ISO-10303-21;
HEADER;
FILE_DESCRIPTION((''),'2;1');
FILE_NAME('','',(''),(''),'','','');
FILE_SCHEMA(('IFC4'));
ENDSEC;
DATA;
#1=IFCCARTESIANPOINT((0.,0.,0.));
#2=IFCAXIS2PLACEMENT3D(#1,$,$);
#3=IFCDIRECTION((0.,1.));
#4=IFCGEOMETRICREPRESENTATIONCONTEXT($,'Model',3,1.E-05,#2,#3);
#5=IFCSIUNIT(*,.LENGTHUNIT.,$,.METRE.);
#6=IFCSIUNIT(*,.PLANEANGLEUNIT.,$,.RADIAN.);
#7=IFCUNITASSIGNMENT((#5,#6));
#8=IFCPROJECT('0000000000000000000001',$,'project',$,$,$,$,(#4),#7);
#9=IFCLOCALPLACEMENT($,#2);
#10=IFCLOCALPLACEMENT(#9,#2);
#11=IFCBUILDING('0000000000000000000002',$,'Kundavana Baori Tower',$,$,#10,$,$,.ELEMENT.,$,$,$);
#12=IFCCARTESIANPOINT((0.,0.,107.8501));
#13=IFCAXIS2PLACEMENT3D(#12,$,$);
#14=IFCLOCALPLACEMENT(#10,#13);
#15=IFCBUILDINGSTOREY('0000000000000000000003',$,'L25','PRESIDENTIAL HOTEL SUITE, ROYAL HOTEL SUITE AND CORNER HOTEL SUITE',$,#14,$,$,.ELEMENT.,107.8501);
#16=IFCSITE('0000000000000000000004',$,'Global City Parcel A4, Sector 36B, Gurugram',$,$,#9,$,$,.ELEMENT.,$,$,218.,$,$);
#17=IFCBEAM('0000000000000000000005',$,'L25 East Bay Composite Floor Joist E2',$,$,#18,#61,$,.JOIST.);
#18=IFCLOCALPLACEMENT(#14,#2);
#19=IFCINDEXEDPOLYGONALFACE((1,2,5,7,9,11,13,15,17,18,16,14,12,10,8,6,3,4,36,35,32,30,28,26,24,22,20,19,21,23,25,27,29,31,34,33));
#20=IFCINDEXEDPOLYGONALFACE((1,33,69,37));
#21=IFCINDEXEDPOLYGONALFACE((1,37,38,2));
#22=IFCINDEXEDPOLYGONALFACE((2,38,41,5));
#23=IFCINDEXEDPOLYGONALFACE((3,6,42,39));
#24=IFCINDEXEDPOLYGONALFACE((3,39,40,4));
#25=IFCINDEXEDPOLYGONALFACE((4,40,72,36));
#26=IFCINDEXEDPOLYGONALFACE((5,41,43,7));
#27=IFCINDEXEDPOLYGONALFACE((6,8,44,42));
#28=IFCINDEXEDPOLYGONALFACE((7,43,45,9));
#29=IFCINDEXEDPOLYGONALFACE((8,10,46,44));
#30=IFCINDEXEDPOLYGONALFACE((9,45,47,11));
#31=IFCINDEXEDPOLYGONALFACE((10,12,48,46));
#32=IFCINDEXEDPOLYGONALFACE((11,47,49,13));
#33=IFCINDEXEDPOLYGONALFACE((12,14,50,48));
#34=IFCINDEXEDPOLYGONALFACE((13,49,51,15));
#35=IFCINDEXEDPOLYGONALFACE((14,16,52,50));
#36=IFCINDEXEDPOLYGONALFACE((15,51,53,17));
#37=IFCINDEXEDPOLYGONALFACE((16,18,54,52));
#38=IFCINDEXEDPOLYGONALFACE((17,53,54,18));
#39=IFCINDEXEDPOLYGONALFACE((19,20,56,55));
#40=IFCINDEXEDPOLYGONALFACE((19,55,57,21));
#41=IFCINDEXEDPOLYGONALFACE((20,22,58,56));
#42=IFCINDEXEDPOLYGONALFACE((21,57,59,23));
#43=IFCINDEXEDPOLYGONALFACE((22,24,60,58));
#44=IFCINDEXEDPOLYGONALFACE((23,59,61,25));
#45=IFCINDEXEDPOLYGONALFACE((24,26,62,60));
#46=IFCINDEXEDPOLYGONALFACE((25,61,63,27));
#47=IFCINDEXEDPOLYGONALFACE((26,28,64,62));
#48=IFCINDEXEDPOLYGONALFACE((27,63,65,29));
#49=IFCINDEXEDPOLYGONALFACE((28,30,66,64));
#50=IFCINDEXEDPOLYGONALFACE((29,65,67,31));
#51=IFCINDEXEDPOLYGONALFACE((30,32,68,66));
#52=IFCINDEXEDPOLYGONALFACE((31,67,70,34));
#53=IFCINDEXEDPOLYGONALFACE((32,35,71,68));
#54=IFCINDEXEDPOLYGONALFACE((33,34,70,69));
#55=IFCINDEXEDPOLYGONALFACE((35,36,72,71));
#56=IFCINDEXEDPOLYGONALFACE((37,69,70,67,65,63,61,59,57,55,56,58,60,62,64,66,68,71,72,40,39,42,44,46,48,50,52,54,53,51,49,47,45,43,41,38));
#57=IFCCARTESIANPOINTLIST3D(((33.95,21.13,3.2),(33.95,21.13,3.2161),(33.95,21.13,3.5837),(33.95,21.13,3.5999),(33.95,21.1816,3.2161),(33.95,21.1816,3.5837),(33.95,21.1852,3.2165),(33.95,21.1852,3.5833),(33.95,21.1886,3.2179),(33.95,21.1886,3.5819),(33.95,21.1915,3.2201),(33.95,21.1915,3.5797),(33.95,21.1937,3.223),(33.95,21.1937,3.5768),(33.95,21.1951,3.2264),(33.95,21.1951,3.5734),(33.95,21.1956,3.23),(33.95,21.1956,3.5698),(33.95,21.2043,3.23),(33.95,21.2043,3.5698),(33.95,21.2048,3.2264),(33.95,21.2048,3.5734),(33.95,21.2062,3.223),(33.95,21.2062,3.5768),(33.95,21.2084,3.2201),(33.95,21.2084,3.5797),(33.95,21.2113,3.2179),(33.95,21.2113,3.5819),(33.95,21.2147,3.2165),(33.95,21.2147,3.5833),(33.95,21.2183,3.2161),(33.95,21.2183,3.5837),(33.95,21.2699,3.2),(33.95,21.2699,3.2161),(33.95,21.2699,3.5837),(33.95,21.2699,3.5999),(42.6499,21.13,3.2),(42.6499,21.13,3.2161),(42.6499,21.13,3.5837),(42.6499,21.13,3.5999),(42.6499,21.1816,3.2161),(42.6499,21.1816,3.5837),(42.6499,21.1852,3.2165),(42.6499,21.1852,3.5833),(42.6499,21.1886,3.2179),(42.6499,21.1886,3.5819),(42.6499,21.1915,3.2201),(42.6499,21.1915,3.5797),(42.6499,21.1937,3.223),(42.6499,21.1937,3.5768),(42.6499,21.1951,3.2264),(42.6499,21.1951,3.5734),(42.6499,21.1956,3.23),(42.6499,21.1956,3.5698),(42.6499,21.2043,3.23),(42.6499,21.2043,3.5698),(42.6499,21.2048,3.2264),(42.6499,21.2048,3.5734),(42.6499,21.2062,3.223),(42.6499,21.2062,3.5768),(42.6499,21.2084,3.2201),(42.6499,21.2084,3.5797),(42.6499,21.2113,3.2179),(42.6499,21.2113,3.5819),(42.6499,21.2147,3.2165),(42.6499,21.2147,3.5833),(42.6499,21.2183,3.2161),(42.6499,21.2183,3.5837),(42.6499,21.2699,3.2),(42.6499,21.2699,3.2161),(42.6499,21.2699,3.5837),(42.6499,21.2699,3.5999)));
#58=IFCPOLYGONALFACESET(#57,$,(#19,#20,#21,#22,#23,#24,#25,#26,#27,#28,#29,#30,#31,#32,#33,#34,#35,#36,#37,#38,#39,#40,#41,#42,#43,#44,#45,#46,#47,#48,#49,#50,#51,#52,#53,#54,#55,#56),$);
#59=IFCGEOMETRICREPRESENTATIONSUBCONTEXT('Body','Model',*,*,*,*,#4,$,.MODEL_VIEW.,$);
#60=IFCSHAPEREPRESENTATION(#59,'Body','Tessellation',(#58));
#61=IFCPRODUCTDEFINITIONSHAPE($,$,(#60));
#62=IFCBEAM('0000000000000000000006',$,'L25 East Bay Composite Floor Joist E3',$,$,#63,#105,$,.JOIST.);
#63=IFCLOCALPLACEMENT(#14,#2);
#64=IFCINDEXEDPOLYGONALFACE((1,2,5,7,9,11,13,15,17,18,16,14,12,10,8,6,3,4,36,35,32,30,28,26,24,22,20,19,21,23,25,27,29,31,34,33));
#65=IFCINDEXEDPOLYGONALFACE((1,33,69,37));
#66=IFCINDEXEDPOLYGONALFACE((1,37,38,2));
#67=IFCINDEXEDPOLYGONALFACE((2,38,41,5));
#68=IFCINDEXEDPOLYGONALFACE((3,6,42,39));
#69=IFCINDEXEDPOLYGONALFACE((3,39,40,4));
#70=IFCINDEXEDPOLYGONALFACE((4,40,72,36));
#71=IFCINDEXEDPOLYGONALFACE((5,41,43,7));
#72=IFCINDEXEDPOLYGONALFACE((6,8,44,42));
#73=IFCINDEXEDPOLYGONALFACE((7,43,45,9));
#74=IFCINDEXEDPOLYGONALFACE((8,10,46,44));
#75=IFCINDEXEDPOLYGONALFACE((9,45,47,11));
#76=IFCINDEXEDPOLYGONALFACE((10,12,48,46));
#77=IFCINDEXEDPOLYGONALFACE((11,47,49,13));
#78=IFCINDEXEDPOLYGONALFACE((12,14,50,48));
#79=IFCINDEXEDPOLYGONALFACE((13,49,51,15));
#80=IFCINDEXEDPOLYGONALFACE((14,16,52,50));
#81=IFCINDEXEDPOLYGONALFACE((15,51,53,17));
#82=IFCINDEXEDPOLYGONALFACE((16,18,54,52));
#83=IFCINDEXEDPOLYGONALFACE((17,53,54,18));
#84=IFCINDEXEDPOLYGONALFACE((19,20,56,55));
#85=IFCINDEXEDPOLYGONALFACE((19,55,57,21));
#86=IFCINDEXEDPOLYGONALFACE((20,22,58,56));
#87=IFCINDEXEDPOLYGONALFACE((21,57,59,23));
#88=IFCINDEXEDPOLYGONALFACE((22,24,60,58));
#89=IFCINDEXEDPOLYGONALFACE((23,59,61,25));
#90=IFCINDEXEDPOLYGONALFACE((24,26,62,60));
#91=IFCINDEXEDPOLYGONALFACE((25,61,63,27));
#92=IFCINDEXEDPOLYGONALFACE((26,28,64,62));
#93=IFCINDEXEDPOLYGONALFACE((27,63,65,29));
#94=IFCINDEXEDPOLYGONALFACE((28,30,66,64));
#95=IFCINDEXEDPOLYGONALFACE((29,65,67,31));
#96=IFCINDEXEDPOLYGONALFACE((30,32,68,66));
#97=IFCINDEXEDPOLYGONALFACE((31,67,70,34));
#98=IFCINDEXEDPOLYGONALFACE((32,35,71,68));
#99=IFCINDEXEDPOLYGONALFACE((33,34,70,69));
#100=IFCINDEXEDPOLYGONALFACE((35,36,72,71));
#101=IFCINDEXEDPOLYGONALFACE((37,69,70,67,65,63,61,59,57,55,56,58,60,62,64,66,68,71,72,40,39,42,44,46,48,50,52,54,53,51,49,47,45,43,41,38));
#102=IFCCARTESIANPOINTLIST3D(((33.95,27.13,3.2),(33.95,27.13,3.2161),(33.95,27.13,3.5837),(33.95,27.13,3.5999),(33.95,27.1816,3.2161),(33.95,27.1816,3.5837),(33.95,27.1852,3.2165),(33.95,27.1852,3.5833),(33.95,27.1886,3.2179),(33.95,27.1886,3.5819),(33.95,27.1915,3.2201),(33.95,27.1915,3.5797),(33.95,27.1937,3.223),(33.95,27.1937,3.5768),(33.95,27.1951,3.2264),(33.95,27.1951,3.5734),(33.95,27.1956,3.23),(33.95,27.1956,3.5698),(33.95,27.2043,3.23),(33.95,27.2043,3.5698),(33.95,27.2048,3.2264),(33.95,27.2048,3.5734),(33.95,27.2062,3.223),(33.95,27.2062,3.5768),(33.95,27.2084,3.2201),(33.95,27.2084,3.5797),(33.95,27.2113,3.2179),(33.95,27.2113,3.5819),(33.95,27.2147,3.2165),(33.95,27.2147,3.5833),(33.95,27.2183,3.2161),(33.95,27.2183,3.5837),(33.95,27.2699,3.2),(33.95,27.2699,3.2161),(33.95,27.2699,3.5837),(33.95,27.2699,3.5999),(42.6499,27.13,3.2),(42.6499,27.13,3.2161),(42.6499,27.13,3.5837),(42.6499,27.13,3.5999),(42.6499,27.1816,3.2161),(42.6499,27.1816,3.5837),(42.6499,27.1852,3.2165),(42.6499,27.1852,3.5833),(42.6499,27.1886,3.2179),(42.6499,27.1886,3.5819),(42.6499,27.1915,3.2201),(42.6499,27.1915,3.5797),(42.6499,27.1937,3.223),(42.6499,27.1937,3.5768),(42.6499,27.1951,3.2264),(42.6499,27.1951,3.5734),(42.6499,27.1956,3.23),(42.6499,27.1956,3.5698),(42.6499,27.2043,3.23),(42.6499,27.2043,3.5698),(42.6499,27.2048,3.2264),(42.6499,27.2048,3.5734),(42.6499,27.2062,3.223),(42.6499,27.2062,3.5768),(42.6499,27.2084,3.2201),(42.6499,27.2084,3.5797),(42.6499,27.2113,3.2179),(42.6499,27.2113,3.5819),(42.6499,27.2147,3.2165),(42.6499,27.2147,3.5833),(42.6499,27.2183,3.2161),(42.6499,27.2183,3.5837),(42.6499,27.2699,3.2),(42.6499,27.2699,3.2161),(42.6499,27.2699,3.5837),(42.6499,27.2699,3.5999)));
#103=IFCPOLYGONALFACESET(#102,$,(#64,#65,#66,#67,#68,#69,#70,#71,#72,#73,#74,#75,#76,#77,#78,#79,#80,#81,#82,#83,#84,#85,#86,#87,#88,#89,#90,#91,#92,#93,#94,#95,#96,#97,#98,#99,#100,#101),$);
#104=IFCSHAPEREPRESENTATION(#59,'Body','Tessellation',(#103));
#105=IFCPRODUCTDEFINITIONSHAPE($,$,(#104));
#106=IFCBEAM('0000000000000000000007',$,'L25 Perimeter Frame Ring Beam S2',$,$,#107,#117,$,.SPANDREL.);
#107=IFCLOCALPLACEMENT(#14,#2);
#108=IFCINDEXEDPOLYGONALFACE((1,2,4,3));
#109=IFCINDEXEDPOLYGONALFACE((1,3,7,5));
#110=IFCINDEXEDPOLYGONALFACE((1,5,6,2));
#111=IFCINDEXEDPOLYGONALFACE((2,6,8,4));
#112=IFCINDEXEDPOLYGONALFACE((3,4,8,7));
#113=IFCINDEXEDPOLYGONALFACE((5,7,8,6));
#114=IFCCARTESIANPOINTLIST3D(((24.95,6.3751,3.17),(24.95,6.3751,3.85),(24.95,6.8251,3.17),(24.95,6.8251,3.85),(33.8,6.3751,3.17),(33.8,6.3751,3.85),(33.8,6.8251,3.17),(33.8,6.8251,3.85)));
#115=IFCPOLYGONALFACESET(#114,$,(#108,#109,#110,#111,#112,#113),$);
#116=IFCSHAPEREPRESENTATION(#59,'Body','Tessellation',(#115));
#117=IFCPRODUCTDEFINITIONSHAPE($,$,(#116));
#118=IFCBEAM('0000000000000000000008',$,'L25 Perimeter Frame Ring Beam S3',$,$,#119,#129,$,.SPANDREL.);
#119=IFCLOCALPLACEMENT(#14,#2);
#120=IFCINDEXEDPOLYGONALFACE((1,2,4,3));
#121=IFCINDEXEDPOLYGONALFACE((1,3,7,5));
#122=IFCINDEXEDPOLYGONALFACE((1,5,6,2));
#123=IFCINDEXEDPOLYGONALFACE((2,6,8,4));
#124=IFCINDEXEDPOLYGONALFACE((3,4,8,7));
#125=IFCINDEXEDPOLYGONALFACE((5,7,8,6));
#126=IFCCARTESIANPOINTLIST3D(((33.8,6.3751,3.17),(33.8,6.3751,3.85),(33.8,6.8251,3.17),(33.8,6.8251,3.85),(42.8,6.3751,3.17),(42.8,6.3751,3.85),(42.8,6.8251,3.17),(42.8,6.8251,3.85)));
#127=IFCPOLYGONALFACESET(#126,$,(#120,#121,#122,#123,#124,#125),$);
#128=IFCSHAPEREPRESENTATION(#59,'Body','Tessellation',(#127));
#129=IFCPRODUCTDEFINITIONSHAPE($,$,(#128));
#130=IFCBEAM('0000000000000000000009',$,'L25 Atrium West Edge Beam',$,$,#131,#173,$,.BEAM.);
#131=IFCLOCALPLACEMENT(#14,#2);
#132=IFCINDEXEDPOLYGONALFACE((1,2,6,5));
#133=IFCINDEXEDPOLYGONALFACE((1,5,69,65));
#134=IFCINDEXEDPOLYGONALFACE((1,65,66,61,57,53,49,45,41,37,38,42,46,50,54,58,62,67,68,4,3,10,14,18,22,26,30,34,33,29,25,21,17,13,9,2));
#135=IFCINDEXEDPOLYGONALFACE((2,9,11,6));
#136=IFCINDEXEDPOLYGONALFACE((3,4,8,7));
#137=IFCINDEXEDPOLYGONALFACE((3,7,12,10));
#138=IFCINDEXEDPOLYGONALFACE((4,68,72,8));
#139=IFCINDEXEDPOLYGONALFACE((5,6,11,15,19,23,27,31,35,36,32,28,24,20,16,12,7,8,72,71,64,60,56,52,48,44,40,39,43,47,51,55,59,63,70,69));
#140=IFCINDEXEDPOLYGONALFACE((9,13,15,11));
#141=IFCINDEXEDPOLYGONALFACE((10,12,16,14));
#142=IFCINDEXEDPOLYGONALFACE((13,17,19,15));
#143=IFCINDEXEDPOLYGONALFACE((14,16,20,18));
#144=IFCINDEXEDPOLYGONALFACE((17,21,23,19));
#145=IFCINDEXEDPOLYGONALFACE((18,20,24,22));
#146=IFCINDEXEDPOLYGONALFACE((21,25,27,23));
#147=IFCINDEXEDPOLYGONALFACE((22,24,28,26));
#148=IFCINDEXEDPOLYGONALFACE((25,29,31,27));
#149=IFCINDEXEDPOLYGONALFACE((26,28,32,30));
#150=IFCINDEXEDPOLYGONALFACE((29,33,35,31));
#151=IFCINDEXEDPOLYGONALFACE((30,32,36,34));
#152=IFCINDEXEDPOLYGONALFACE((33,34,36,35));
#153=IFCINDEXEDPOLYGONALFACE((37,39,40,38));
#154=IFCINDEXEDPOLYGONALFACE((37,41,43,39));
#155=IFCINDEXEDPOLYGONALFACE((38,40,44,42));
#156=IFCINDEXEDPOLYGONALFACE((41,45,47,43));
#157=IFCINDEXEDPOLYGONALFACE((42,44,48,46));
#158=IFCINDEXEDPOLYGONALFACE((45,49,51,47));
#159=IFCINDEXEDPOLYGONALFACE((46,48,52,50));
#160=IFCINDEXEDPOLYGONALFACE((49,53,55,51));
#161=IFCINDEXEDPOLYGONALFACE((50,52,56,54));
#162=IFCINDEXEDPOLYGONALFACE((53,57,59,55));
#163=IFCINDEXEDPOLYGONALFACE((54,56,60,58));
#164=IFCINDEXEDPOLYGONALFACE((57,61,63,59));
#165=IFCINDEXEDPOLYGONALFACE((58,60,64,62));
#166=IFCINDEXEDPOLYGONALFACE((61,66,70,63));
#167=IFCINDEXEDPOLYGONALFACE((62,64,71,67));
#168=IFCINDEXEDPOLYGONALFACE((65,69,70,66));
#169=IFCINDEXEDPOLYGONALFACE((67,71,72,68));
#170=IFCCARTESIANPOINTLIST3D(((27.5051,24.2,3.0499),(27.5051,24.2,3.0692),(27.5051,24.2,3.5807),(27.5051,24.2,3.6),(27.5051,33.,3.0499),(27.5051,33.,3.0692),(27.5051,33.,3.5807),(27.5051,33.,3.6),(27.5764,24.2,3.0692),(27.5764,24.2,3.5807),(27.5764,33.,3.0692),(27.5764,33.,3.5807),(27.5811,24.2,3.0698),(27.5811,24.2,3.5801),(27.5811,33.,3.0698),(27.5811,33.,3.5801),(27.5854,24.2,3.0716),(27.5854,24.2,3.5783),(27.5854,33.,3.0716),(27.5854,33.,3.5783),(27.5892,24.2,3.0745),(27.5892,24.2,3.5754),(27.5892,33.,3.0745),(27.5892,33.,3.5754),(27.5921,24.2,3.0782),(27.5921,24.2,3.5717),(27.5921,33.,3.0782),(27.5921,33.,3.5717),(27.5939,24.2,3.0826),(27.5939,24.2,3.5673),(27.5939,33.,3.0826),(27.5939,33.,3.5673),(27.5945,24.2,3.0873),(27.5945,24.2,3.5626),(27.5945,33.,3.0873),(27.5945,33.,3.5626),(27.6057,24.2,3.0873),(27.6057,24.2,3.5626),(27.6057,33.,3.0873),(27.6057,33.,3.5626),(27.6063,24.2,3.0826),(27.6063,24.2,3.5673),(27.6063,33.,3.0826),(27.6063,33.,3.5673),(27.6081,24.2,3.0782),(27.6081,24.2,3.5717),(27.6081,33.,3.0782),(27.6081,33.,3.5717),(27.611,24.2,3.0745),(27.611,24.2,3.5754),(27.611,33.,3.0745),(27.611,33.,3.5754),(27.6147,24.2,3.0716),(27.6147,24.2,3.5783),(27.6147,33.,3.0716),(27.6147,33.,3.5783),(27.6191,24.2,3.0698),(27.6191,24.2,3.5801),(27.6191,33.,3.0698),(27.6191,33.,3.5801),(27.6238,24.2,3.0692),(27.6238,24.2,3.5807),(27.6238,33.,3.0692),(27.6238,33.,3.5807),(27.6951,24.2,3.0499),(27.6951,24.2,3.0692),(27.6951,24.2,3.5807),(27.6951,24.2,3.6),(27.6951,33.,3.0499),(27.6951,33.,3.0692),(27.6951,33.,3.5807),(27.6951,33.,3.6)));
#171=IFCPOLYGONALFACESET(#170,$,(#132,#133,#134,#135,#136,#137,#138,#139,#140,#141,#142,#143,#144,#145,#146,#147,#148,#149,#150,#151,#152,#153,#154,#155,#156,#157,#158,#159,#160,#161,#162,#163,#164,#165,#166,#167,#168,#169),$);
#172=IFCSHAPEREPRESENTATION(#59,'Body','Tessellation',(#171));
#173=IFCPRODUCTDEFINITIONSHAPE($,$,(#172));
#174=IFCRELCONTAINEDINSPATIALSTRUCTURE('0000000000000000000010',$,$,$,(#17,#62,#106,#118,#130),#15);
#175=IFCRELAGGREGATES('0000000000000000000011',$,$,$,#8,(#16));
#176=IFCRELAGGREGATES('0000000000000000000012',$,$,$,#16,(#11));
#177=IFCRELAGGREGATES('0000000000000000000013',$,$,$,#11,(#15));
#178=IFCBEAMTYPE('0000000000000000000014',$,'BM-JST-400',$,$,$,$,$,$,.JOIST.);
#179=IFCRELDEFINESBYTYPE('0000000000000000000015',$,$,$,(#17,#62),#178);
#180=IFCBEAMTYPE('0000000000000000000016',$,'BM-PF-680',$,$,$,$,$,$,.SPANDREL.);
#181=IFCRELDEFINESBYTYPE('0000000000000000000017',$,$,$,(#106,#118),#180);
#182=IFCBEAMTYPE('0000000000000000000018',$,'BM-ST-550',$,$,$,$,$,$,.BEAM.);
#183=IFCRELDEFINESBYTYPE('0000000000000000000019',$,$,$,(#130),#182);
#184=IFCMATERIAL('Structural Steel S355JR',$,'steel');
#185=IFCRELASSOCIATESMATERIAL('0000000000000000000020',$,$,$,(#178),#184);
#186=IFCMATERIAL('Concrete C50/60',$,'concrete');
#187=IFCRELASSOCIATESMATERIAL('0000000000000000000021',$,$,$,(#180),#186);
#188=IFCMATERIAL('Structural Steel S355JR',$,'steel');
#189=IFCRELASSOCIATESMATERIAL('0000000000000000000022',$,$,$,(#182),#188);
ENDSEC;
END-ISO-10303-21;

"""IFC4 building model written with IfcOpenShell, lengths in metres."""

from ifc_helpers import new_model, si_unit, direction, frame, origin, origin_2d, place, context, subcontext, project, spatial, rectangle, i_section, extrude, material, material_profile, profile_set, type_object, element, save


model = new_model("IFC4")

# Units and contexts
model_context = context("Model", 3, precision=1e-05, world=origin(), true_north=direction((0.0, 1.0)))
body_context = subcontext(model_context, "Body", "Model", "MODEL_VIEW")
ifc_project = project(units=[si_unit("LENGTHUNIT", "METRE"), si_unit("PLANEANGLEUNIT", "RADIAN")], contexts=[model_context])

# Site, building, storey
site_placement = place(None, origin())
site = spatial("IfcSite", under=ifc_project, at=site_placement, Name="Global City Parcel A4, Sector 36B, Gurugram", CompositionType="ELEMENT", RefElevation=218.0)
building_placement = place(site_placement, origin())
building = spatial("IfcBuilding", under=site, at=building_placement, Name="Kundavana Baori Tower", CompositionType="ELEMENT")
storey_placement = place(building_placement, frame((0.0, 0.0, 107.8501)))
storey = spatial("IfcBuildingStorey", under=building, at=storey_placement, Name="L25", Description="PRESIDENTIAL HOTEL SUITE, ROYAL HOTEL SUITE AND CORNER HOTEL SUITE", CompositionType="ELEMENT", Elevation=107.8501)

# Beams
ifc_material_1 = material(Name="Structural Steel S355JR", Category="steel")
ifc_material_profile_1 = material_profile(ifc_material_1, i_section(OverallWidth=0.1399, OverallDepth=0.3999, WebThickness=0.0088, FlangeThickness=0.0161, FilletRadius=0.0139, at=origin_2d()), Name="ISMB 400")
ifc_profile_set_1 = profile_set([ifc_material_profile_1], Name="Structural Steel S355JR")
beam_type_1 = type_object("IfcBeamType", Name="BM-JST-400", PredefinedType="JOIST", material=ifc_profile_set_1)
for number, where, z_axis, x_axis, name in (
    (1, (33.95, 21.2, 3.3999), (1.0, 0.0, 0.0), (0.0, 1.0, 0.0), "L25 East Bay Composite Floor Joist E2"),
    (2, (33.95, 27.2, 3.3999), (1.0, 0.0, 0.0), (0.0, 1.0, 0.0), "L25 East Bay Composite Floor Joist E3"),
):
    element("IfcBeam", number, at=place(storey_placement, frame(where, z_axis=z_axis, x_axis=x_axis)), inside=storey, type_object=beam_type_1, Name=name, PredefinedType="JOIST", context=body_context, shape_type="SweptSolid", body=[
        extrude(i_section(OverallWidth=0.1399, OverallDepth=0.3999, WebThickness=0.0088, FlangeThickness=0.0161, FilletRadius=0.0139, at=origin_2d()), origin(), (0.0, 0.0, 1.0), 8.7),
    ])
ifc_material_2 = material(Name="Concrete C50/60", Category="concrete")
ifc_material_profile_2 = material_profile(ifc_material_2, rectangle(XDim=0.45, YDim=0.6799, at=origin_2d()), Name="RC BM 450x680")
ifc_profile_set_2 = profile_set([ifc_material_profile_2], Name="Concrete C50/60")
beam_type_2 = type_object("IfcBeamType", Name="BM-PF-680", PredefinedType="SPANDREL", material=ifc_profile_set_2)
beam_1_placement = place(storey_placement, frame((24.95, 6.6001, 3.51), z_axis=(1.0, 0.0, 0.0), x_axis=(0.0, 1.0, 0.0)))
element("IfcBeam", 3, at=beam_1_placement, inside=storey, type_object=beam_type_2, Name="L25 Perimeter Frame Ring Beam S2", PredefinedType="SPANDREL", context=body_context, shape_type="SweptSolid", body=[
    extrude(rectangle(XDim=0.45, YDim=0.6799, at=origin_2d()), origin(), (0.0, 0.0, 1.0), 8.8501),
])
beam_2_placement = place(storey_placement, frame((33.8, 6.6001, 3.51), z_axis=(1.0, 0.0, 0.0), x_axis=(0.0, 1.0, 0.0)))
element("IfcBeam", 4, at=beam_2_placement, inside=storey, type_object=beam_type_2, Name="L25 Perimeter Frame Ring Beam S3", PredefinedType="SPANDREL", context=body_context, shape_type="SweptSolid", body=[
    extrude(rectangle(XDim=0.45, YDim=0.6799, at=origin_2d()), origin(), (0.0, 0.0, 1.0), 9.0),
])
ifc_material_3 = material(Name="Structural Steel S355JR", Category="steel")
ifc_material_profile_3 = material_profile(ifc_material_3, i_section(OverallWidth=0.1899, OverallDepth=0.55, WebThickness=0.0112, FlangeThickness=0.0193, FilletRadius=0.0181, at=origin_2d()), Name="ISMB 550")
ifc_profile_set_3 = profile_set([ifc_material_profile_3], Name="Structural Steel S355JR")
beam_type_3 = type_object("IfcBeamType", Name="BM-ST-550", PredefinedType="BEAM", material=ifc_profile_set_3)
for number, where, z_axis, x_axis, name in (
    (5, (27.6001, 24.2, 3.325), (0.0, 1.0, 0.0), (-1.0, 0.0, 0.0), "L25 Atrium West Edge Beam"),
):
    element("IfcBeam", number, at=place(storey_placement, frame(where, z_axis=z_axis, x_axis=x_axis)), inside=storey, type_object=beam_type_3, Name=name, PredefinedType="BEAM", context=body_context, shape_type="SweptSolid", body=[
        extrude(i_section(OverallWidth=0.1899, OverallDepth=0.55, WebThickness=0.0112, FlangeThickness=0.0193, FilletRadius=0.0181, at=origin_2d()), origin(), (0.0, 0.0, 1.0), 8.8),
    ])

save(model, "model.ifc")
